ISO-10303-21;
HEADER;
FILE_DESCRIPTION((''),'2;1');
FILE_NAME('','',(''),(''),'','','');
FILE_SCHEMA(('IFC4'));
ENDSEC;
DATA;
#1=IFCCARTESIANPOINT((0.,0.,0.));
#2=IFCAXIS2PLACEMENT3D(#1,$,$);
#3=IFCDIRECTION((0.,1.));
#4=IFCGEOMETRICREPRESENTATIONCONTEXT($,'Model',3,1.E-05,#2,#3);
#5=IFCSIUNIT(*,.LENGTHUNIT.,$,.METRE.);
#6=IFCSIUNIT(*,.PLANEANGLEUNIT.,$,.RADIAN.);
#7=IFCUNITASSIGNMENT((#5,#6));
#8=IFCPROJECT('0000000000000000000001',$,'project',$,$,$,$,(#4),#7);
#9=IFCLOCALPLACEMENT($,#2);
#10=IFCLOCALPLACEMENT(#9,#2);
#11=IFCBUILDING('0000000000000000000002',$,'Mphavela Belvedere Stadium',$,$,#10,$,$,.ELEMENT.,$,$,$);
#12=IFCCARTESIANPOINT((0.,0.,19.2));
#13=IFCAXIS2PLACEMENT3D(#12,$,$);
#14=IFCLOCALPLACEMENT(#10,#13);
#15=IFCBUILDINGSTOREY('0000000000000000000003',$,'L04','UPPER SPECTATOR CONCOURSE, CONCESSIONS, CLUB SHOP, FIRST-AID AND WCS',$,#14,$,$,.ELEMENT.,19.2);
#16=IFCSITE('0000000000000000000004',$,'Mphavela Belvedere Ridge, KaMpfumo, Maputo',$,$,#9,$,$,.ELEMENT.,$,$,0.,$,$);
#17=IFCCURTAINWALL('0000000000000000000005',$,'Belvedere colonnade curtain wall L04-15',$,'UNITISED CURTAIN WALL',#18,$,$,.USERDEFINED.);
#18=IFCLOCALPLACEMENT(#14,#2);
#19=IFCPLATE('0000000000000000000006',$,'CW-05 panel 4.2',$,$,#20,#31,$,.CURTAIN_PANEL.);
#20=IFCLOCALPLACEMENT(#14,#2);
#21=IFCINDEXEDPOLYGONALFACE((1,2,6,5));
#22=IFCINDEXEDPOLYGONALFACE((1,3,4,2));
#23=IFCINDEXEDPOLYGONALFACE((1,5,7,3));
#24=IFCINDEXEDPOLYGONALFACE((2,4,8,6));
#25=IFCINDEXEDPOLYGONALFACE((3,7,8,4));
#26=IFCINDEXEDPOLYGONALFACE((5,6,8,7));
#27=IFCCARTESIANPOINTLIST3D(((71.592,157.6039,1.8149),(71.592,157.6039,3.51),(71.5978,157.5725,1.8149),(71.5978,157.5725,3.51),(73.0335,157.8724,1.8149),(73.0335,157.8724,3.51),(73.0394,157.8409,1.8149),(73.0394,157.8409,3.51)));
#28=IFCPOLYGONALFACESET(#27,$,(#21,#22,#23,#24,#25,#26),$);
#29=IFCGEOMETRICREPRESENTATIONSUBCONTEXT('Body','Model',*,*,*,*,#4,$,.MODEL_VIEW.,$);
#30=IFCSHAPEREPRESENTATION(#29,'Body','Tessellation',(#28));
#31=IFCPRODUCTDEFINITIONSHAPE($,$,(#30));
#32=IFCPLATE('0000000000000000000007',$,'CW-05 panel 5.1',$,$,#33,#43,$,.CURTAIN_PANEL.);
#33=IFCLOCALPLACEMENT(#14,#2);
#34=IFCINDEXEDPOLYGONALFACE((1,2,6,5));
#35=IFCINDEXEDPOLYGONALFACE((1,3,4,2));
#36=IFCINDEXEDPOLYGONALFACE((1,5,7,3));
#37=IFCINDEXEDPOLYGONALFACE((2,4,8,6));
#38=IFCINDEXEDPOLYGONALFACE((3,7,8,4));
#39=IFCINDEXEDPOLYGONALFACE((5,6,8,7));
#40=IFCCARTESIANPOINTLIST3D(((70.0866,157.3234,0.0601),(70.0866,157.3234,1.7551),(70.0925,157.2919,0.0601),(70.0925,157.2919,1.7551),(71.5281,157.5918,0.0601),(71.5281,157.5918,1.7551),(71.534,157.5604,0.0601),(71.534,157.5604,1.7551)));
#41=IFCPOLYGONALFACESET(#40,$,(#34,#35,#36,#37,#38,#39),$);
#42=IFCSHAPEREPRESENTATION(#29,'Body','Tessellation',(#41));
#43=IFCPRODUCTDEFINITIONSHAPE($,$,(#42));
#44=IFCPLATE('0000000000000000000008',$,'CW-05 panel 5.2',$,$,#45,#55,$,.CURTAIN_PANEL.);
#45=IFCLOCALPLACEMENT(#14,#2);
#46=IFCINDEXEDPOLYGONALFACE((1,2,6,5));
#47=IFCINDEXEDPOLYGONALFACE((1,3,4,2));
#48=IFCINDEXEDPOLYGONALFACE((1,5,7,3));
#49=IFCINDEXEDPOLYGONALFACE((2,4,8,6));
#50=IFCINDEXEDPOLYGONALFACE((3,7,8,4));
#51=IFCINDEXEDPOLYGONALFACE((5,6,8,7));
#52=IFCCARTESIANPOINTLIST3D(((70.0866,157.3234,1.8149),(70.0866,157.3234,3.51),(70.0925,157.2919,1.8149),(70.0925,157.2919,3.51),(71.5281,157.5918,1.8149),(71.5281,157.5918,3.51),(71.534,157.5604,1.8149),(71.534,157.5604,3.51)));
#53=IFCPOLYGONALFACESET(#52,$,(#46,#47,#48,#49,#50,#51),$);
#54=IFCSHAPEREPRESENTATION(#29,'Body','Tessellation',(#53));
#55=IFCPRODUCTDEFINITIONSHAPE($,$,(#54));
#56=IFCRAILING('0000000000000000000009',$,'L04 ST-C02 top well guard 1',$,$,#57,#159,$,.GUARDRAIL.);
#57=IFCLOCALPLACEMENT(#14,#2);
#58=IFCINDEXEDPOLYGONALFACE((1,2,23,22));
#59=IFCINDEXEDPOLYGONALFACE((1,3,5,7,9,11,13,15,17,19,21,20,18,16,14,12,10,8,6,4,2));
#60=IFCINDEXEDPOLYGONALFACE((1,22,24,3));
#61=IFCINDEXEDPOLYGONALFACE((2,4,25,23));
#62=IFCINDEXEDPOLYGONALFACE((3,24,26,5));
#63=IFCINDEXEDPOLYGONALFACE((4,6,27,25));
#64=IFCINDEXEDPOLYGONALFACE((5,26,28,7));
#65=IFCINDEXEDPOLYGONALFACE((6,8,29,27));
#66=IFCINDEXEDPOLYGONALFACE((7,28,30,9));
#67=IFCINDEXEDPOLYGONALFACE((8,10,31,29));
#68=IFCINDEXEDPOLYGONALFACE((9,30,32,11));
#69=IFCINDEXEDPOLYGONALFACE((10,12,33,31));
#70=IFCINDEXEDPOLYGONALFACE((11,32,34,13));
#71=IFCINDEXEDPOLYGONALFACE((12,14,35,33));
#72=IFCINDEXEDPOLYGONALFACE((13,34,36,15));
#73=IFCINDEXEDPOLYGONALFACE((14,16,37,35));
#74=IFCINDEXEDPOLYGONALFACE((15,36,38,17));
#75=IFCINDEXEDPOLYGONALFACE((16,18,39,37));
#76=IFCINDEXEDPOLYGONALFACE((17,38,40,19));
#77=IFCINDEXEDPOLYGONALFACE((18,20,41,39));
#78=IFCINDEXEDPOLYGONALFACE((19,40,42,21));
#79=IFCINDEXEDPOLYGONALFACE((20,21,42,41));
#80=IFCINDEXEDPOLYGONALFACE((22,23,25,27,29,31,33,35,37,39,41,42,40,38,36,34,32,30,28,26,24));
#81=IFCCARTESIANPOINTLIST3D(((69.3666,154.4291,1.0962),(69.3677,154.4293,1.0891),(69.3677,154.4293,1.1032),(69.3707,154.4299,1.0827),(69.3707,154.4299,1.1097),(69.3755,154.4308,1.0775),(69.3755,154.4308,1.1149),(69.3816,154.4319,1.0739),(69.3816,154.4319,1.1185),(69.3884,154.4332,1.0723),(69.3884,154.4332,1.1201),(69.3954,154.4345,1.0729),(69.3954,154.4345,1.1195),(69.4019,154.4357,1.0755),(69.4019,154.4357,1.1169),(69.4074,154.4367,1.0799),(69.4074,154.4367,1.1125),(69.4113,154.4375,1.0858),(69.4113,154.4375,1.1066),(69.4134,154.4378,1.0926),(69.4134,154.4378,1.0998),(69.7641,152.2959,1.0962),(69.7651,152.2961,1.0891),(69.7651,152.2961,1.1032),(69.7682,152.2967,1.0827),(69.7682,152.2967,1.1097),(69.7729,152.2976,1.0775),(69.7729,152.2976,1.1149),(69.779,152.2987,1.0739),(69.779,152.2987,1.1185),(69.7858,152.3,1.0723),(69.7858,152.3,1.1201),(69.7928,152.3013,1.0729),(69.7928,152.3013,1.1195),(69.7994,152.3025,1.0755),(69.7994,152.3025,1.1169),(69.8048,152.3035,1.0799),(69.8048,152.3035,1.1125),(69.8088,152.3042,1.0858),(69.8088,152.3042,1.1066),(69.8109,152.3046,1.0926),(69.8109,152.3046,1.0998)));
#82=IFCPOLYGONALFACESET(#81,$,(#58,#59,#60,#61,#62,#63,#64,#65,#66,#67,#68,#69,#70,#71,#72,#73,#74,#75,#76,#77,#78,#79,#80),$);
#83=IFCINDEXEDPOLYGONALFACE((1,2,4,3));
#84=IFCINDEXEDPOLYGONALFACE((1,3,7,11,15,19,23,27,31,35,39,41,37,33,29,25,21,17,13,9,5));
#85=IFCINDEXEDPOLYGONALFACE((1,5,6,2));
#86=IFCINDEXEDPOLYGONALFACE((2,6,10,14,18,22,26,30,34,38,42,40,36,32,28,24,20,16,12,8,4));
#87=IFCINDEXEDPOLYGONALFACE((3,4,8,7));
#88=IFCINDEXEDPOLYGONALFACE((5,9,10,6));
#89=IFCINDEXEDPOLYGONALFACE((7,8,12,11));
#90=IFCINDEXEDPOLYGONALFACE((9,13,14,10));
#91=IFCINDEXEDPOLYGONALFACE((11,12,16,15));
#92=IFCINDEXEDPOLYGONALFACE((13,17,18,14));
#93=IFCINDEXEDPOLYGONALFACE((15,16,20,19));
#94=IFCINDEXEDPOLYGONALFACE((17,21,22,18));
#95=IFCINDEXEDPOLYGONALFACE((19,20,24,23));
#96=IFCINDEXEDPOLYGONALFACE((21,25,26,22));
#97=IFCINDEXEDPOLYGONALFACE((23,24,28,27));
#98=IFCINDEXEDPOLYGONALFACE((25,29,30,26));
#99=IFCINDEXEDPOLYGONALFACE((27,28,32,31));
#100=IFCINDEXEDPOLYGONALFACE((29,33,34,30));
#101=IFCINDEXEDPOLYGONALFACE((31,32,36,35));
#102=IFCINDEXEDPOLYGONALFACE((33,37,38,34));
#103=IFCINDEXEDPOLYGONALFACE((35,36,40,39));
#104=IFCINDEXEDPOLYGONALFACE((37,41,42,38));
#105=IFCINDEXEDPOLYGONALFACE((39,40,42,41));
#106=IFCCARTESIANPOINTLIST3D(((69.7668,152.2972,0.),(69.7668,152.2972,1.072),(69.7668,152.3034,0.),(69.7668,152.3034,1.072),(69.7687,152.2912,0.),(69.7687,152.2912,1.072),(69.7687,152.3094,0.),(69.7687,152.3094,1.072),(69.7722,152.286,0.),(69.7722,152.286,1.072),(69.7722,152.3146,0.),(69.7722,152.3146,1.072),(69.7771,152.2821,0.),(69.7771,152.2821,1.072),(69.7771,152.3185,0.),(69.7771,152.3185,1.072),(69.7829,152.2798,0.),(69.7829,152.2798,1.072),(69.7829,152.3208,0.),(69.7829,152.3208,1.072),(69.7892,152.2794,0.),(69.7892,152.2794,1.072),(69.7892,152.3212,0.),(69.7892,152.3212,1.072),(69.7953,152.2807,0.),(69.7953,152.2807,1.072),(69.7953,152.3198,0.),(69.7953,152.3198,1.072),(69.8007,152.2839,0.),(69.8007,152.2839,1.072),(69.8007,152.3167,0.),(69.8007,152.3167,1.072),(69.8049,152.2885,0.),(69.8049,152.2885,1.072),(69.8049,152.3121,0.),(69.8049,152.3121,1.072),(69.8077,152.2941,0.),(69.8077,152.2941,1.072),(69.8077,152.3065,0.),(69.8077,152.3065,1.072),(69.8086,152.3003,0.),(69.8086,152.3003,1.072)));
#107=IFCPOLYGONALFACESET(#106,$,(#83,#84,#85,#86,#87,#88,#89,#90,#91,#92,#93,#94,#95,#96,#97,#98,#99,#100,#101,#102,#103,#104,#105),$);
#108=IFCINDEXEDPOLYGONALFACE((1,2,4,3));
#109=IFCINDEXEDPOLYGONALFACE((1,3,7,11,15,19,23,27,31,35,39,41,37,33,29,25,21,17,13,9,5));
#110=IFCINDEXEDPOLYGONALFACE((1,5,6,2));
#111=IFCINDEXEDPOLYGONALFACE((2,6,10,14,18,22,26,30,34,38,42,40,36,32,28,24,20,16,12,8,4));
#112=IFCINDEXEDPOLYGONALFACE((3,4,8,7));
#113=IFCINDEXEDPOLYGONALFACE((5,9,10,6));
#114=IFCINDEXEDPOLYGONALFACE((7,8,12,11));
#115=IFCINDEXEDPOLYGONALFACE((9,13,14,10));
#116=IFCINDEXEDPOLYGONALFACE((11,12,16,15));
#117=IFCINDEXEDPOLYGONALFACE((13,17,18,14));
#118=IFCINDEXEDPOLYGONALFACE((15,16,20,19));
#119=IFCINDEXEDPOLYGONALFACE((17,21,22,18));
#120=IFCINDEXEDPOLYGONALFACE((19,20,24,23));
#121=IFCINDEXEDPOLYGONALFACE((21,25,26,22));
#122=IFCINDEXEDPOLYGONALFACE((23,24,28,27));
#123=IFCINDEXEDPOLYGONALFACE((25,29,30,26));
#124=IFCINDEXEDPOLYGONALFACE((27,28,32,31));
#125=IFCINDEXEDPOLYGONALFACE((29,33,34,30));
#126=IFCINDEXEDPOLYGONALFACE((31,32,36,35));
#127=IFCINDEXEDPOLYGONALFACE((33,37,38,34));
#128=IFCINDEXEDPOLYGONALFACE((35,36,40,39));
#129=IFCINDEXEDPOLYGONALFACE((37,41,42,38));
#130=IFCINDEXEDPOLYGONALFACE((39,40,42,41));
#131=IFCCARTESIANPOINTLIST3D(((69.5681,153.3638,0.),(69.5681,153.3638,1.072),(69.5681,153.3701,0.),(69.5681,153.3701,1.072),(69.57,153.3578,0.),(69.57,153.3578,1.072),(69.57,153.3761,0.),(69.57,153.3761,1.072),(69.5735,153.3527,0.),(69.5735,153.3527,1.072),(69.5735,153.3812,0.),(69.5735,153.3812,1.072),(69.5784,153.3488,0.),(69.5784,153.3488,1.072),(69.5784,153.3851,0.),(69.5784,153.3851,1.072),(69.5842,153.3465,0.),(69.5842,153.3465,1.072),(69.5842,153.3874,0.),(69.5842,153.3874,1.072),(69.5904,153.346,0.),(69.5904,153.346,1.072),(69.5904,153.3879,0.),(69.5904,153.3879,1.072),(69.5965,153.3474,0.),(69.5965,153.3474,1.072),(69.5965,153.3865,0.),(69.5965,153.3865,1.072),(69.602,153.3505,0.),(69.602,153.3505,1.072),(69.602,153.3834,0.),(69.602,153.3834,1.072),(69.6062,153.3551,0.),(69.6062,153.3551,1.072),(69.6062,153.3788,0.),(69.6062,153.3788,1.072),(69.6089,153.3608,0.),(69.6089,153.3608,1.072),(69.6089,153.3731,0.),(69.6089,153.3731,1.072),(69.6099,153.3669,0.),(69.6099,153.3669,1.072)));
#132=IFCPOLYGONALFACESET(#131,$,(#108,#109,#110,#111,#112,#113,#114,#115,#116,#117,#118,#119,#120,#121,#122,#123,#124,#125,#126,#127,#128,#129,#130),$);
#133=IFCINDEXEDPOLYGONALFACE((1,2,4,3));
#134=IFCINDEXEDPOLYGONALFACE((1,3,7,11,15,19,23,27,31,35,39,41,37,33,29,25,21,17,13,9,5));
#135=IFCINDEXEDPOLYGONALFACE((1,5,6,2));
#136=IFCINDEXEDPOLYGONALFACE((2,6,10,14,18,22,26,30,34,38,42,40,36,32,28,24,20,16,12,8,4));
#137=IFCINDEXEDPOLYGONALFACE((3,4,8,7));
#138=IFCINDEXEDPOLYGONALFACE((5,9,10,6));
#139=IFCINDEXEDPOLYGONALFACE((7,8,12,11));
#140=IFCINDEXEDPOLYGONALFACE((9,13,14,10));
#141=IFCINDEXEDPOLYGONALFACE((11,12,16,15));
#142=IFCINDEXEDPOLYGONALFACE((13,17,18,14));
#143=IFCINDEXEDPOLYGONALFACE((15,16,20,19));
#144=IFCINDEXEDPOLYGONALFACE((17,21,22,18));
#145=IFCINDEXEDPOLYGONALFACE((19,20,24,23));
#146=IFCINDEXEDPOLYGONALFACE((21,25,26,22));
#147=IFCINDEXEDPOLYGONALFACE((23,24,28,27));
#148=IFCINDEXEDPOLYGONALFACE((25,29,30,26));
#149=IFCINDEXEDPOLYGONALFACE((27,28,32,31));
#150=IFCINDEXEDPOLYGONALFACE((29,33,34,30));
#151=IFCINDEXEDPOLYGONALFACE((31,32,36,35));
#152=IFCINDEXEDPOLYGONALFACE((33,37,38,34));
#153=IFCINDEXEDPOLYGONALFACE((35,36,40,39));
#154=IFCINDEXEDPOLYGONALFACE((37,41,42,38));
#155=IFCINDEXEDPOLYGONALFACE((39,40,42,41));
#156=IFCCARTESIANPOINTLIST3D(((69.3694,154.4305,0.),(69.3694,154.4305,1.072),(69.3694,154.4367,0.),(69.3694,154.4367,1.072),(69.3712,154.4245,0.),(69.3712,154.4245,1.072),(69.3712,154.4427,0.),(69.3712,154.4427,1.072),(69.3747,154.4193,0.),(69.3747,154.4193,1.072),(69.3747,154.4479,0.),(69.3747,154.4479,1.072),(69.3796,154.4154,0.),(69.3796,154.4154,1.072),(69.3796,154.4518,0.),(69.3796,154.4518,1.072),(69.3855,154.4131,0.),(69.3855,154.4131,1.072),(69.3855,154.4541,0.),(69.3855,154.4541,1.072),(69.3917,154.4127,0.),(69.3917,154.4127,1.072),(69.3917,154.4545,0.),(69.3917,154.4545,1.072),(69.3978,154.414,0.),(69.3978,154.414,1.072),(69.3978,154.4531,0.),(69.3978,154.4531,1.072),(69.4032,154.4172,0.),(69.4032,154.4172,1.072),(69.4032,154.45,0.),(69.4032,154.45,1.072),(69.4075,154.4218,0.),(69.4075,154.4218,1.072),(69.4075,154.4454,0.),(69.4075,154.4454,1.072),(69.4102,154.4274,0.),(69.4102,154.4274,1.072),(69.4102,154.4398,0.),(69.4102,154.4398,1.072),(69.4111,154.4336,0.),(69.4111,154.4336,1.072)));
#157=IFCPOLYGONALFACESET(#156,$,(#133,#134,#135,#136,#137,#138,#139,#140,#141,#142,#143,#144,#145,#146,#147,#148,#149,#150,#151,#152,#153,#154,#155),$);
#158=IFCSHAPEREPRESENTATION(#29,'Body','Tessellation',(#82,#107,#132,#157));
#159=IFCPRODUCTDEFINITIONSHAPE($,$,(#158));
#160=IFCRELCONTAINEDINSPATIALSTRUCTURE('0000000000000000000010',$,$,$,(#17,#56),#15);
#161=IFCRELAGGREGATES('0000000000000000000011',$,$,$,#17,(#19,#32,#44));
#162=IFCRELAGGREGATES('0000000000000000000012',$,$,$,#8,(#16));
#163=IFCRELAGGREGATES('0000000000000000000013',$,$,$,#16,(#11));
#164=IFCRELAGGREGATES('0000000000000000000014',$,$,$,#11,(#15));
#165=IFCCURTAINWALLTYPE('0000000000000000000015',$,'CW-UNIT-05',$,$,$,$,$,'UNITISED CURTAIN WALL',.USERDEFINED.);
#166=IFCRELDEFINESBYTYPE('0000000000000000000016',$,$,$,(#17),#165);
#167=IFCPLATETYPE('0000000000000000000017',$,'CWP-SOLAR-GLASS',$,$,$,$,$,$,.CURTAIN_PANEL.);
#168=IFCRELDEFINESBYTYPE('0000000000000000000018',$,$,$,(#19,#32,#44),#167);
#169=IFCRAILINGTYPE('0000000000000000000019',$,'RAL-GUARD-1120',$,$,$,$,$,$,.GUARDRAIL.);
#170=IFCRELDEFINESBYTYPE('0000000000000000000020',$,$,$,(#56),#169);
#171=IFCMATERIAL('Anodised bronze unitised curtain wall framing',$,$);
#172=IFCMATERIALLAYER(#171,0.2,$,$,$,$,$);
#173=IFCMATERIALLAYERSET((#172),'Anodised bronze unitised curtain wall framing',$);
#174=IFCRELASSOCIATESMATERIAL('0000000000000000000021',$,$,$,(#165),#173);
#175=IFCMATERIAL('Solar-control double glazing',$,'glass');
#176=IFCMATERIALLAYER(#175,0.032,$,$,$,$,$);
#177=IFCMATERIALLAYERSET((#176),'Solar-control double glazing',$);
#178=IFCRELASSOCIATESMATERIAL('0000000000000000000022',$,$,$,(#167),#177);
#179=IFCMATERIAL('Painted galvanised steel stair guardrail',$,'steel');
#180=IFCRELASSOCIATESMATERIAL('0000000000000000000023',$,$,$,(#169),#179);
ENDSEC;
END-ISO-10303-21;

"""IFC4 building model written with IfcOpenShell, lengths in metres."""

from ifc_helpers import new_model, si_unit, direction, frame, origin, origin_2d, place, context, subcontext, project, spatial, rectangle, circle, extrude, material, layer, layer_set, type_object, element, aggregate, save


model = new_model("IFC4")

# Units and contexts
model_context = context("Model", 3, precision=1e-05, world=origin(), true_north=direction((0.0, 1.0)))
body_context = subcontext(model_context, "Body", "Model", "MODEL_VIEW")
ifc_project = project(units=[si_unit("LENGTHUNIT", "METRE"), si_unit("PLANEANGLEUNIT", "RADIAN")], contexts=[model_context])

# Site, building, storey
site_placement = place(None, origin())
site = spatial("IfcSite", under=ifc_project, at=site_placement, Name="Mphavela Belvedere Ridge, KaMpfumo, Maputo", CompositionType="ELEMENT", RefElevation=0.0)
building_placement = place(site_placement, origin())
building = spatial("IfcBuilding", under=site, at=building_placement, Name="Mphavela Belvedere Stadium", CompositionType="ELEMENT")
storey_placement = place(building_placement, frame((0.0, 0.0, 19.2)))
storey = spatial("IfcBuildingStorey", under=building, at=storey_placement, Name="L04", Description="UPPER SPECTATOR CONCOURSE, CONCESSIONS, CLUB SHOP, FIRST-AID AND WCS", CompositionType="ELEMENT", Elevation=19.2)

# Curtain wall, plates
ifc_material_1 = material(Name="Anodised bronze unitised curtain wall framing")
ifc_layer_1 = layer(ifc_material_1, 0.2)
ifc_layer_set_1 = layer_set([ifc_layer_1], Name="Anodised bronze unitised curtain wall framing")
curtain_wall_type = type_object("IfcCurtainWallType", Name="CW-UNIT-05", ElementType="UNITISED CURTAIN WALL", PredefinedType="USERDEFINED", material=ifc_layer_set_1)
curtain_wall_placement = place(storey_placement, origin())
curtain_wall = element("IfcCurtainWall", 1, at=curtain_wall_placement, inside=storey, type_object=curtain_wall_type, Name="Belvedere colonnade curtain wall L04-15", ObjectType="UNITISED CURTAIN WALL", PredefinedType="USERDEFINED")
ifc_material_2 = material(Name="Solar-control double glazing", Category="glass")
ifc_layer_2 = layer(ifc_material_2, 0.032)
ifc_layer_set_2 = layer_set([ifc_layer_2], Name="Solar-control double glazing")
plate_type = type_object("IfcPlateType", Name="CWP-SOLAR-GLASS", PredefinedType="CURTAIN_PANEL", material=ifc_layer_set_2)
plate_1_placement = place(storey_placement, frame((72.3157, 157.7224, 1.8149), z_axis=(0.0, 0.0, 1.0), x_axis=(-0.983096, -0.183091, 0.0)))
plate_1 = element("IfcPlate", 2, at=plate_1_placement, type_object=plate_type, Name="CW-05 panel 4.2", PredefinedType="CURTAIN_PANEL", context=body_context, shape_type="SweptSolid", body=[
    extrude(rectangle(XDim=1.4663, YDim=0.032, at=origin_2d()), origin(), (0.0, 0.0, 1.0), 1.6951),
])
plate_2_placement = place(storey_placement, frame((70.8103, 157.4419, 0.0601), z_axis=(0.0, 0.0, 1.0), x_axis=(-0.983096, -0.183091, 0.0)))
plate_2 = element("IfcPlate", 3, at=plate_2_placement, type_object=plate_type, Name="CW-05 panel 5.1", PredefinedType="CURTAIN_PANEL", context=body_context, shape_type="SweptSolid", body=[
    extrude(rectangle(XDim=1.4663, YDim=0.032, at=origin_2d()), origin(), (0.0, 0.0, 1.0), 1.6951),
])
plate_3_placement = place(storey_placement, frame((70.8103, 157.4419, 1.8149), z_axis=(0.0, 0.0, 1.0), x_axis=(-0.983096, -0.183091, 0.0)))
plate_3 = element("IfcPlate", 4, at=plate_3_placement, type_object=plate_type, Name="CW-05 panel 5.2", PredefinedType="CURTAIN_PANEL", context=body_context, shape_type="SweptSolid", body=[
    extrude(rectangle(XDim=1.4663, YDim=0.032, at=origin_2d()), origin(), (0.0, 0.0, 1.0), 1.6951),
])
aggregate(curtain_wall, [plate_1, plate_2, plate_3])

# Railing
ifc_material_3 = material(Name="Painted galvanised steel stair guardrail", Category="steel")
railing_type = type_object("IfcRailingType", Name="RAL-GUARD-1120", PredefinedType="GUARDRAIL", material=ifc_material_3)
railing_placement = place(storey_placement, frame((69.7876, 152.3003, 0.0)))
element("IfcRailing", 5, at=railing_placement, inside=storey, type_object=railing_type, Name="L04 ST-C02 top well guard 1", PredefinedType="GUARDRAIL", context=body_context, shape_type="SweptSolid", body=[
    extrude(circle(Radius=0.0239, at=origin_2d()), frame((0.0, 0.0, 1.0962), z_axis=(-0.183161, 0.983083, 0.0), x_axis=(-0.983083, -0.183161, 0.0)), (0.0, 0.0, 1.0), 2.1699),
    extrude(circle(Radius=0.021, at=origin_2d()), origin(), (0.0, 0.0, 1.0), 1.072),
    extrude(circle(Radius=0.021, at=origin_2d()), frame((-0.1987, 1.0667, 0.0)), (0.0, 0.0, 1.0), 1.072),
    extrude(circle(Radius=0.021, at=origin_2d()), frame((-0.3975, 2.1333, 0.0)), (0.0, 0.0, 1.0), 1.072),
])

save(model, "model.ifc")
